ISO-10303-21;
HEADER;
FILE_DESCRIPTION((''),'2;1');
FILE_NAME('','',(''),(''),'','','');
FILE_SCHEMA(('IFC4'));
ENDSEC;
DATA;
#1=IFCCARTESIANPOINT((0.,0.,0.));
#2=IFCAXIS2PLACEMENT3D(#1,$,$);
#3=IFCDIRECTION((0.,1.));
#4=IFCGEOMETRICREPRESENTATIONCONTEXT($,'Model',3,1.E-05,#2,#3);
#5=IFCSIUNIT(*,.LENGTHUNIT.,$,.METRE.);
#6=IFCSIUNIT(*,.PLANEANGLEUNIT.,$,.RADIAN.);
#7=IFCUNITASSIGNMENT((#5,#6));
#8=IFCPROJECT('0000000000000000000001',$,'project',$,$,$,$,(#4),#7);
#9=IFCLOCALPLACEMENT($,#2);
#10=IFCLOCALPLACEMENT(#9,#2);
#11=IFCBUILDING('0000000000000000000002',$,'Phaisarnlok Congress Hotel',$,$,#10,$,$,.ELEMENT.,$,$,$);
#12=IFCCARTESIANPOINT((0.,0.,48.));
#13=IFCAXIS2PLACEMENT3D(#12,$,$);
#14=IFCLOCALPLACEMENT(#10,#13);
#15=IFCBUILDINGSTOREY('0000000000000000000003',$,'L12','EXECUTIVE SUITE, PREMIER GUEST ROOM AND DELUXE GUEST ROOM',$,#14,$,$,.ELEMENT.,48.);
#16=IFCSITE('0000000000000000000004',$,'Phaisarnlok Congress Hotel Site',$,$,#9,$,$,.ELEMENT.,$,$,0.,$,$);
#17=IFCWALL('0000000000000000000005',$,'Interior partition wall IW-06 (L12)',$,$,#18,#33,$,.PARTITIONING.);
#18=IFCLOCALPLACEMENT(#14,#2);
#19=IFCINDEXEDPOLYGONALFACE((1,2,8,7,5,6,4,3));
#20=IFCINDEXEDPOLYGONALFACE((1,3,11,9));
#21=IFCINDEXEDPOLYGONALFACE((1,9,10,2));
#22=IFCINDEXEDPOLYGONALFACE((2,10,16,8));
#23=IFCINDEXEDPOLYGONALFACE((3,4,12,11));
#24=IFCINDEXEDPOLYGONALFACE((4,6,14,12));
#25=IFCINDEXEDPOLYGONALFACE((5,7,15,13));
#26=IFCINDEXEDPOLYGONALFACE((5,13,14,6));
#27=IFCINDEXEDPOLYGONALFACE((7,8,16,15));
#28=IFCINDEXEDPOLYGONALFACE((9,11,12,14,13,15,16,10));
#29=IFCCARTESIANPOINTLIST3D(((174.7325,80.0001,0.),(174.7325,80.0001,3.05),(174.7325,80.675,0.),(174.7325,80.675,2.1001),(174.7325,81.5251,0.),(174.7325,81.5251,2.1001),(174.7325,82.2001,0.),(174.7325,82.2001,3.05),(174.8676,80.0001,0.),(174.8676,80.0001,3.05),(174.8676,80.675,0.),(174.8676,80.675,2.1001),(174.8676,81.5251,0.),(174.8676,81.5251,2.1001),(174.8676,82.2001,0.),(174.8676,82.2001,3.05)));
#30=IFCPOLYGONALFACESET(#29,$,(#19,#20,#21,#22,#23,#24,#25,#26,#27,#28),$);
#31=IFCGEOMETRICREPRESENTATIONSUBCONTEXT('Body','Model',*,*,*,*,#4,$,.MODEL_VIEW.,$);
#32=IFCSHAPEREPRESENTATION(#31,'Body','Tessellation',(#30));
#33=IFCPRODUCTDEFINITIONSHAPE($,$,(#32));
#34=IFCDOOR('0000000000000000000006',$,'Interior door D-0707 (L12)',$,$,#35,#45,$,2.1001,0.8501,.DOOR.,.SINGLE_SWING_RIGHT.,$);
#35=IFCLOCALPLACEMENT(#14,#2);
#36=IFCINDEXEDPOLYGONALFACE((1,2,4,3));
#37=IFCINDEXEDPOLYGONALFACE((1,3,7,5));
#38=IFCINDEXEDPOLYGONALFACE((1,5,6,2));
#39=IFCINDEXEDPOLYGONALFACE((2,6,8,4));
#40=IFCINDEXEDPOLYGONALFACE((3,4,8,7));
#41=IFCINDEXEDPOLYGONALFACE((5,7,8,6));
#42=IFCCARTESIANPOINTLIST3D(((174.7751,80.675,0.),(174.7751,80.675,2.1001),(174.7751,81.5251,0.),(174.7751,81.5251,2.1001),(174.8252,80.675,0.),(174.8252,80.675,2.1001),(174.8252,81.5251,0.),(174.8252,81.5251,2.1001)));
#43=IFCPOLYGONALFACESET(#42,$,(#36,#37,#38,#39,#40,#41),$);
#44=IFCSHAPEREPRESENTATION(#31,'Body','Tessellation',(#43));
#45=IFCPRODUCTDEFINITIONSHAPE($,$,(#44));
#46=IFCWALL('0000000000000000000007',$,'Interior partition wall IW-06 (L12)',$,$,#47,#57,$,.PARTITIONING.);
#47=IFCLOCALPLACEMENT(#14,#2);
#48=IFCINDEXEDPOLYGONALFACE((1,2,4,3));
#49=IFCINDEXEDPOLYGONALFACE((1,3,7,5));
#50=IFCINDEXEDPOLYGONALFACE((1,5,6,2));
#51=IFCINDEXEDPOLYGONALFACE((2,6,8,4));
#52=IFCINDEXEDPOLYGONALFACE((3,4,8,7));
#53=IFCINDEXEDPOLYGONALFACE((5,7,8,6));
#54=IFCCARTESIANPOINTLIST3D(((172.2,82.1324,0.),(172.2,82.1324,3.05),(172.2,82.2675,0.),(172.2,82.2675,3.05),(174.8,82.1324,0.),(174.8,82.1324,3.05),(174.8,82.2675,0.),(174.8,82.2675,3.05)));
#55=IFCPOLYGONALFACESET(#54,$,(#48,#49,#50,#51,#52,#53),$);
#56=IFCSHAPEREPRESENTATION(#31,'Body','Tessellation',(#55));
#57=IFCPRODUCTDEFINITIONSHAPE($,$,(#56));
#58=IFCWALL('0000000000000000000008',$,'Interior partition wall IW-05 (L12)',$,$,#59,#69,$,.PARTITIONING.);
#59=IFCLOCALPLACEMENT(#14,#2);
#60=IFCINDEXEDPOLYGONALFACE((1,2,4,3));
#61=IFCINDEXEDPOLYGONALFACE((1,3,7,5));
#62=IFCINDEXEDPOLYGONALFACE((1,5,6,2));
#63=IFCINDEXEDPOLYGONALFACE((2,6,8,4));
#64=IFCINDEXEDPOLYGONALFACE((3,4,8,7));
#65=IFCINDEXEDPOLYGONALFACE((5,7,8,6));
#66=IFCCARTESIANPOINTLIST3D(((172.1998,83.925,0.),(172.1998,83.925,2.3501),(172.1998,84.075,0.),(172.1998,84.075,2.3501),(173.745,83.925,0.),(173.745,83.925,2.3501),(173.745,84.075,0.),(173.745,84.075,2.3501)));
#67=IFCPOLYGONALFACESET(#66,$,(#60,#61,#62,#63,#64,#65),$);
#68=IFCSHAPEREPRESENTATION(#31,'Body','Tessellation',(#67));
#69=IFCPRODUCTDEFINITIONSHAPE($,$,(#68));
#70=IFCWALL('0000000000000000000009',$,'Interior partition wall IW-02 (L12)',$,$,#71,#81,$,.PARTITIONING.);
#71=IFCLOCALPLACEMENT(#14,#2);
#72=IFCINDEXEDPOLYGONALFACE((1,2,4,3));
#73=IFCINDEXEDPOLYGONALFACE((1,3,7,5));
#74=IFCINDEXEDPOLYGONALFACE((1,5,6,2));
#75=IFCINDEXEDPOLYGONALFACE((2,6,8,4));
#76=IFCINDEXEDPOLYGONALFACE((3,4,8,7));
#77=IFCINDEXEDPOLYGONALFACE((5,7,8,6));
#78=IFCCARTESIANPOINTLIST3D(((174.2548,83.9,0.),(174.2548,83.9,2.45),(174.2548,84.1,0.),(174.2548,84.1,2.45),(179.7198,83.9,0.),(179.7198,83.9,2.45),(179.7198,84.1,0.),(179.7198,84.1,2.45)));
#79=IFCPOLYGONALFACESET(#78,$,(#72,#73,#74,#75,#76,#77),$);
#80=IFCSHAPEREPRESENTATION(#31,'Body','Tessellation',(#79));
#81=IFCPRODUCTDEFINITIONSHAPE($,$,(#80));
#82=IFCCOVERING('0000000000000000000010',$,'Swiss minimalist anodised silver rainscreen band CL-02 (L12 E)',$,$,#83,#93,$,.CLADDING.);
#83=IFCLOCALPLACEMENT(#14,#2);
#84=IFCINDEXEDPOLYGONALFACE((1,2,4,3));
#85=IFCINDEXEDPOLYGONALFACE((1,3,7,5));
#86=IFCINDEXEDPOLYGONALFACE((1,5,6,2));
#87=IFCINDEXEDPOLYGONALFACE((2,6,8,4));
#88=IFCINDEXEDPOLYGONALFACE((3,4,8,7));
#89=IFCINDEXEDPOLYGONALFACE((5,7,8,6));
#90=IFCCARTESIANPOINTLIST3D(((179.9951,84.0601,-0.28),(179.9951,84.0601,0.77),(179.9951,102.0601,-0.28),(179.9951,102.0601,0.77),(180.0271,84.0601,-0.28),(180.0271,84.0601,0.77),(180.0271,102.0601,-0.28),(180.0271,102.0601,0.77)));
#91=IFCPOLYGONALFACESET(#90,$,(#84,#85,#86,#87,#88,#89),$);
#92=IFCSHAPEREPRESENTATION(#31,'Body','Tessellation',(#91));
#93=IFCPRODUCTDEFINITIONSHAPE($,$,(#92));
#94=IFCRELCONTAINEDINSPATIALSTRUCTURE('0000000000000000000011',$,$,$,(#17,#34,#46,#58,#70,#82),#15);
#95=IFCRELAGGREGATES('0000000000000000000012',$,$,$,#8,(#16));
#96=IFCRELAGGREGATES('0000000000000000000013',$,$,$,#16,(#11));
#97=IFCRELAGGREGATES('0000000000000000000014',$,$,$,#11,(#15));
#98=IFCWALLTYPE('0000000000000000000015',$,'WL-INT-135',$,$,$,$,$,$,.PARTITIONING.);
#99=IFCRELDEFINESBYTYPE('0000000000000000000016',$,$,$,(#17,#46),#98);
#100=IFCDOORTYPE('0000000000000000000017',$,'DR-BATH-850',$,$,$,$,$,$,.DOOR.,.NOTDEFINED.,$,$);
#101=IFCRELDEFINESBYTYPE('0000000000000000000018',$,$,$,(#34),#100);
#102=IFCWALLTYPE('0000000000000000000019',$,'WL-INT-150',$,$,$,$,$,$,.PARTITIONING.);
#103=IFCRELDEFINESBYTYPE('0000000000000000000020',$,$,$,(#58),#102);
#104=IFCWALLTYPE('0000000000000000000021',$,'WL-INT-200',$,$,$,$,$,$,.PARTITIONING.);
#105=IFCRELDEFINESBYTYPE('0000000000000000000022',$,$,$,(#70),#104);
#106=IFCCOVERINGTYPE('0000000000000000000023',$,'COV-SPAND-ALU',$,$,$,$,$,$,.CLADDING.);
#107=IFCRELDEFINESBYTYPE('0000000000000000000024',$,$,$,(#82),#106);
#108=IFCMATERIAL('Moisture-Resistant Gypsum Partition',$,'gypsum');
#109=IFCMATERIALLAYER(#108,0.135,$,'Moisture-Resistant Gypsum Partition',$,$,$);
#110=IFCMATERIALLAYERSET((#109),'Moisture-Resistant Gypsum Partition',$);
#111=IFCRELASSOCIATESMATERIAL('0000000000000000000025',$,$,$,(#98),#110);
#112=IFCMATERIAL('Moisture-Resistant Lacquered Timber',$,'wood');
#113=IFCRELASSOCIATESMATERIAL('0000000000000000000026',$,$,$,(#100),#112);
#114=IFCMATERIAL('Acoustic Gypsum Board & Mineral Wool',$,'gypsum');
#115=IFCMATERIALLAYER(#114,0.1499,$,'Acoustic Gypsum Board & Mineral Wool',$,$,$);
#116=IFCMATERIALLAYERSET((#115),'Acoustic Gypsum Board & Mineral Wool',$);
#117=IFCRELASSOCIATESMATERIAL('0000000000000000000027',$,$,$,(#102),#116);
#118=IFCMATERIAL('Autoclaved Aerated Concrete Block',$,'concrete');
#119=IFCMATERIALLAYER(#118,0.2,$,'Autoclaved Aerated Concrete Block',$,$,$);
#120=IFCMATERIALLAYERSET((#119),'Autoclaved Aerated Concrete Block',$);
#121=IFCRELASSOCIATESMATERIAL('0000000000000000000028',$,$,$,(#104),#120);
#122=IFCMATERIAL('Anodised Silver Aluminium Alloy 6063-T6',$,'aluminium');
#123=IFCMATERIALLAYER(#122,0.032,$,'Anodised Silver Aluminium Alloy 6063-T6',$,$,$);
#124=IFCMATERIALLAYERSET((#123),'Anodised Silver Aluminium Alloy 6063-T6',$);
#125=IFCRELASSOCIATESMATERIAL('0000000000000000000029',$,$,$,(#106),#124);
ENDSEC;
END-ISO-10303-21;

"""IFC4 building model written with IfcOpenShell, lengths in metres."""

from ifc_helpers import new_model, si_unit, direction, frame, frame_2d, origin, place, context, subcontext, project, spatial, polyline, rectangle, outline, extrude, material, layer, layer_set, type_object, element, fill, save


model = new_model("IFC4")

# Units and contexts
model_context = context("Model", 3, precision=1e-05, world=origin(), true_north=direction((0.0, 1.0)))
body_context = subcontext(model_context, "Body", "Model", "MODEL_VIEW")
ifc_project = project(units=[si_unit("LENGTHUNIT", "METRE"), si_unit("PLANEANGLEUNIT", "RADIAN")], contexts=[model_context])

# Site, building, storey
site_placement = place(None, origin())
site = spatial("IfcSite", under=ifc_project, at=site_placement, Name="Phaisarnlok Congress Hotel Site", CompositionType="ELEMENT", RefElevation=0.0)
building_placement = place(site_placement, origin())
building = spatial("IfcBuilding", under=site, at=building_placement, Name="Phaisarnlok Congress Hotel", CompositionType="ELEMENT")
storey_placement = place(building_placement, frame((0.0, 0.0, 48.0)))
storey = spatial("IfcBuildingStorey", under=building, at=storey_placement, Name="L12", Description="EXECUTIVE SUITE, PREMIER GUEST ROOM AND DELUXE GUEST ROOM", CompositionType="ELEMENT", Elevation=48.0)

# Wall, opening, door
ifc_material_1 = material(Name="Moisture-Resistant Gypsum Partition", Category="gypsum")
ifc_layer_1 = layer(ifc_material_1, 0.135, Name="Moisture-Resistant Gypsum Partition")
ifc_layer_set_1 = layer_set([ifc_layer_1], Name="Moisture-Resistant Gypsum Partition")
wall_type_1 = type_object("IfcWallType", Name="WL-INT-135", PredefinedType="PARTITIONING", material=ifc_layer_set_1)
wall_1_placement = place(storey_placement, frame((174.8, 80.0, 0.0), z_axis=(0.0, 0.0, 1.0), x_axis=(0.0, 1.0, 0.0)))
wall_1 = element("IfcWall", 1, at=wall_1_placement, inside=storey, type_object=wall_type_1, Name="Interior partition wall IW-06 (L12)", PredefinedType="PARTITIONING", context=body_context, shape_type="SweptSolid", body=[
    extrude(rectangle(XDim=2.2, YDim=0.135, at=frame_2d((1.1001, 0.0))), origin(), (0.0, 0.0, 1.0), 3.05),
])
opening_1_placement = place(wall_1_placement, frame((0.675, 0.0, 0.0)))
opening_1 = element("IfcOpeningElement", 2, at=opening_1_placement, cuts=wall_1, PredefinedType="OPENING", context=body_context, shape_type="SweptSolid", body=[
    extrude(rectangle(XDim=0.8501, YDim=2.1001, at=frame_2d((0.425, 1.05))), frame((0.0, 0.0776, 0.0), z_axis=(0.0, -1.0, 0.0), x_axis=(1.0, 0.0, 0.0)), (0.0, 0.0, 1.0), 0.155),
])
ifc_material_2 = material(Name="Moisture-Resistant Lacquered Timber", Category="wood")
door_type = type_object("IfcDoorType", Name="DR-BATH-850", OperationType="NOTDEFINED", PredefinedType="DOOR", material=ifc_material_2)
door_placement = place(opening_1_placement, origin())
door = element("IfcDoor", 3, at=door_placement, inside=storey, type_object=door_type, Name="Interior door D-0707 (L12)", OperationType="SINGLE_SWING_RIGHT", OverallHeight=2.1001, OverallWidth=0.8501, PredefinedType="DOOR", context=body_context, shape_type="SweptSolid", body=[
    extrude(rectangle(XDim=0.8501, YDim=2.1001, at=frame_2d((0.425, 1.05))), frame((0.0, 0.0249, 0.0), z_axis=(0.0, -1.0, 0.0), x_axis=(1.0, 0.0, 0.0)), (0.0, 0.0, 1.0), 0.05),
])
fill(opening_1, door)

# Walls
wall_2_placement = place(storey_placement, frame((172.2, 82.2, 0.0), z_axis=(0.0, 0.0, 1.0), x_axis=(1.0, 0.0, 0.0)))
element("IfcWall", 4, at=wall_2_placement, inside=storey, type_object=wall_type_1, Name="Interior partition wall IW-06 (L12)", PredefinedType="PARTITIONING", context=body_context, shape_type="SweptSolid", body=[
    extrude(rectangle(XDim=2.6001, YDim=0.135, at=frame_2d((1.3, 0.0))), origin(), (0.0, 0.0, 1.0), 3.05),
])
ifc_material_3 = material(Name="Acoustic Gypsum Board & Mineral Wool", Category="gypsum")
ifc_layer_2 = layer(ifc_material_3, 0.1499, Name="Acoustic Gypsum Board & Mineral Wool")
ifc_layer_set_2 = layer_set([ifc_layer_2], Name="Acoustic Gypsum Board & Mineral Wool")
wall_type_2 = type_object("IfcWallType", Name="WL-INT-150", PredefinedType="PARTITIONING", material=ifc_layer_set_2)
wall_3_placement = place(storey_placement, frame((172.2, 84.0, 0.0), z_axis=(0.0, 0.0, 1.0), x_axis=(1.0, 0.0, 0.0)))
element("IfcWall", 5, at=wall_3_placement, inside=storey, type_object=wall_type_2, Name="Interior partition wall IW-05 (L12)", PredefinedType="PARTITIONING", context=body_context, shape_type="SweptSolid", body=[
    extrude(rectangle(XDim=1.5452, YDim=0.1499, at=frame_2d((0.7725, 0.0))), origin(), (0.0, 0.0, 1.0), 2.3501),
])
ifc_material_4 = material(Name="Autoclaved Aerated Concrete Block", Category="concrete")
ifc_layer_3 = layer(ifc_material_4, 0.2, Name="Autoclaved Aerated Concrete Block")
ifc_layer_set_3 = layer_set([ifc_layer_3], Name="Autoclaved Aerated Concrete Block")
wall_type_3 = type_object("IfcWallType", Name="WL-INT-200", PredefinedType="PARTITIONING", material=ifc_layer_set_3)
wall_4_placement = place(storey_placement, frame((174.2549, 84.0, 0.0), z_axis=(0.0, 0.0, 1.0), x_axis=(1.0, 0.0, 0.0)))
element("IfcWall", 6, at=wall_4_placement, inside=storey, type_object=wall_type_3, Name="Interior partition wall IW-02 (L12)", PredefinedType="PARTITIONING", context=body_context, shape_type="SweptSolid", body=[
    extrude(rectangle(XDim=5.4651, YDim=0.2, at=frame_2d((2.7324, 0.0))), origin(), (0.0, 0.0, 1.0), 2.45),
])

# Covering
ifc_material_5 = material(Name="Anodised Silver Aluminium Alloy 6063-T6", Category="aluminium")
ifc_layer_4 = layer(ifc_material_5, 0.032, Name="Anodised Silver Aluminium Alloy 6063-T6")
ifc_layer_set_4 = layer_set([ifc_layer_4], Name="Anodised Silver Aluminium Alloy 6063-T6")
covering_type = type_object("IfcCoveringType", Name="COV-SPAND-ALU", PredefinedType="CLADDING", material=ifc_layer_set_4)
covering_placement = place(storey_placement, frame((179.9951, 84.0601, -0.28), z_axis=(1.0, 0.0, 0.0), x_axis=(0.0, 1.0, 0.0)))
element("IfcCovering", 7, at=covering_placement, inside=storey, type_object=covering_type, Name="Swiss minimalist anodised silver rainscreen band CL-02 (L12 E)", PredefinedType="CLADDING", context=body_context, shape_type="SweptSolid", body=[
    extrude(outline(polyline([(0.0, 0.0), (18.0, 0.0), (18.0, 1.05), (0.0, 1.05), (0.0, 0.0)])), origin(), (0.0, 0.0, 1.0), 0.032),
])

save(model, "model.ifc")
